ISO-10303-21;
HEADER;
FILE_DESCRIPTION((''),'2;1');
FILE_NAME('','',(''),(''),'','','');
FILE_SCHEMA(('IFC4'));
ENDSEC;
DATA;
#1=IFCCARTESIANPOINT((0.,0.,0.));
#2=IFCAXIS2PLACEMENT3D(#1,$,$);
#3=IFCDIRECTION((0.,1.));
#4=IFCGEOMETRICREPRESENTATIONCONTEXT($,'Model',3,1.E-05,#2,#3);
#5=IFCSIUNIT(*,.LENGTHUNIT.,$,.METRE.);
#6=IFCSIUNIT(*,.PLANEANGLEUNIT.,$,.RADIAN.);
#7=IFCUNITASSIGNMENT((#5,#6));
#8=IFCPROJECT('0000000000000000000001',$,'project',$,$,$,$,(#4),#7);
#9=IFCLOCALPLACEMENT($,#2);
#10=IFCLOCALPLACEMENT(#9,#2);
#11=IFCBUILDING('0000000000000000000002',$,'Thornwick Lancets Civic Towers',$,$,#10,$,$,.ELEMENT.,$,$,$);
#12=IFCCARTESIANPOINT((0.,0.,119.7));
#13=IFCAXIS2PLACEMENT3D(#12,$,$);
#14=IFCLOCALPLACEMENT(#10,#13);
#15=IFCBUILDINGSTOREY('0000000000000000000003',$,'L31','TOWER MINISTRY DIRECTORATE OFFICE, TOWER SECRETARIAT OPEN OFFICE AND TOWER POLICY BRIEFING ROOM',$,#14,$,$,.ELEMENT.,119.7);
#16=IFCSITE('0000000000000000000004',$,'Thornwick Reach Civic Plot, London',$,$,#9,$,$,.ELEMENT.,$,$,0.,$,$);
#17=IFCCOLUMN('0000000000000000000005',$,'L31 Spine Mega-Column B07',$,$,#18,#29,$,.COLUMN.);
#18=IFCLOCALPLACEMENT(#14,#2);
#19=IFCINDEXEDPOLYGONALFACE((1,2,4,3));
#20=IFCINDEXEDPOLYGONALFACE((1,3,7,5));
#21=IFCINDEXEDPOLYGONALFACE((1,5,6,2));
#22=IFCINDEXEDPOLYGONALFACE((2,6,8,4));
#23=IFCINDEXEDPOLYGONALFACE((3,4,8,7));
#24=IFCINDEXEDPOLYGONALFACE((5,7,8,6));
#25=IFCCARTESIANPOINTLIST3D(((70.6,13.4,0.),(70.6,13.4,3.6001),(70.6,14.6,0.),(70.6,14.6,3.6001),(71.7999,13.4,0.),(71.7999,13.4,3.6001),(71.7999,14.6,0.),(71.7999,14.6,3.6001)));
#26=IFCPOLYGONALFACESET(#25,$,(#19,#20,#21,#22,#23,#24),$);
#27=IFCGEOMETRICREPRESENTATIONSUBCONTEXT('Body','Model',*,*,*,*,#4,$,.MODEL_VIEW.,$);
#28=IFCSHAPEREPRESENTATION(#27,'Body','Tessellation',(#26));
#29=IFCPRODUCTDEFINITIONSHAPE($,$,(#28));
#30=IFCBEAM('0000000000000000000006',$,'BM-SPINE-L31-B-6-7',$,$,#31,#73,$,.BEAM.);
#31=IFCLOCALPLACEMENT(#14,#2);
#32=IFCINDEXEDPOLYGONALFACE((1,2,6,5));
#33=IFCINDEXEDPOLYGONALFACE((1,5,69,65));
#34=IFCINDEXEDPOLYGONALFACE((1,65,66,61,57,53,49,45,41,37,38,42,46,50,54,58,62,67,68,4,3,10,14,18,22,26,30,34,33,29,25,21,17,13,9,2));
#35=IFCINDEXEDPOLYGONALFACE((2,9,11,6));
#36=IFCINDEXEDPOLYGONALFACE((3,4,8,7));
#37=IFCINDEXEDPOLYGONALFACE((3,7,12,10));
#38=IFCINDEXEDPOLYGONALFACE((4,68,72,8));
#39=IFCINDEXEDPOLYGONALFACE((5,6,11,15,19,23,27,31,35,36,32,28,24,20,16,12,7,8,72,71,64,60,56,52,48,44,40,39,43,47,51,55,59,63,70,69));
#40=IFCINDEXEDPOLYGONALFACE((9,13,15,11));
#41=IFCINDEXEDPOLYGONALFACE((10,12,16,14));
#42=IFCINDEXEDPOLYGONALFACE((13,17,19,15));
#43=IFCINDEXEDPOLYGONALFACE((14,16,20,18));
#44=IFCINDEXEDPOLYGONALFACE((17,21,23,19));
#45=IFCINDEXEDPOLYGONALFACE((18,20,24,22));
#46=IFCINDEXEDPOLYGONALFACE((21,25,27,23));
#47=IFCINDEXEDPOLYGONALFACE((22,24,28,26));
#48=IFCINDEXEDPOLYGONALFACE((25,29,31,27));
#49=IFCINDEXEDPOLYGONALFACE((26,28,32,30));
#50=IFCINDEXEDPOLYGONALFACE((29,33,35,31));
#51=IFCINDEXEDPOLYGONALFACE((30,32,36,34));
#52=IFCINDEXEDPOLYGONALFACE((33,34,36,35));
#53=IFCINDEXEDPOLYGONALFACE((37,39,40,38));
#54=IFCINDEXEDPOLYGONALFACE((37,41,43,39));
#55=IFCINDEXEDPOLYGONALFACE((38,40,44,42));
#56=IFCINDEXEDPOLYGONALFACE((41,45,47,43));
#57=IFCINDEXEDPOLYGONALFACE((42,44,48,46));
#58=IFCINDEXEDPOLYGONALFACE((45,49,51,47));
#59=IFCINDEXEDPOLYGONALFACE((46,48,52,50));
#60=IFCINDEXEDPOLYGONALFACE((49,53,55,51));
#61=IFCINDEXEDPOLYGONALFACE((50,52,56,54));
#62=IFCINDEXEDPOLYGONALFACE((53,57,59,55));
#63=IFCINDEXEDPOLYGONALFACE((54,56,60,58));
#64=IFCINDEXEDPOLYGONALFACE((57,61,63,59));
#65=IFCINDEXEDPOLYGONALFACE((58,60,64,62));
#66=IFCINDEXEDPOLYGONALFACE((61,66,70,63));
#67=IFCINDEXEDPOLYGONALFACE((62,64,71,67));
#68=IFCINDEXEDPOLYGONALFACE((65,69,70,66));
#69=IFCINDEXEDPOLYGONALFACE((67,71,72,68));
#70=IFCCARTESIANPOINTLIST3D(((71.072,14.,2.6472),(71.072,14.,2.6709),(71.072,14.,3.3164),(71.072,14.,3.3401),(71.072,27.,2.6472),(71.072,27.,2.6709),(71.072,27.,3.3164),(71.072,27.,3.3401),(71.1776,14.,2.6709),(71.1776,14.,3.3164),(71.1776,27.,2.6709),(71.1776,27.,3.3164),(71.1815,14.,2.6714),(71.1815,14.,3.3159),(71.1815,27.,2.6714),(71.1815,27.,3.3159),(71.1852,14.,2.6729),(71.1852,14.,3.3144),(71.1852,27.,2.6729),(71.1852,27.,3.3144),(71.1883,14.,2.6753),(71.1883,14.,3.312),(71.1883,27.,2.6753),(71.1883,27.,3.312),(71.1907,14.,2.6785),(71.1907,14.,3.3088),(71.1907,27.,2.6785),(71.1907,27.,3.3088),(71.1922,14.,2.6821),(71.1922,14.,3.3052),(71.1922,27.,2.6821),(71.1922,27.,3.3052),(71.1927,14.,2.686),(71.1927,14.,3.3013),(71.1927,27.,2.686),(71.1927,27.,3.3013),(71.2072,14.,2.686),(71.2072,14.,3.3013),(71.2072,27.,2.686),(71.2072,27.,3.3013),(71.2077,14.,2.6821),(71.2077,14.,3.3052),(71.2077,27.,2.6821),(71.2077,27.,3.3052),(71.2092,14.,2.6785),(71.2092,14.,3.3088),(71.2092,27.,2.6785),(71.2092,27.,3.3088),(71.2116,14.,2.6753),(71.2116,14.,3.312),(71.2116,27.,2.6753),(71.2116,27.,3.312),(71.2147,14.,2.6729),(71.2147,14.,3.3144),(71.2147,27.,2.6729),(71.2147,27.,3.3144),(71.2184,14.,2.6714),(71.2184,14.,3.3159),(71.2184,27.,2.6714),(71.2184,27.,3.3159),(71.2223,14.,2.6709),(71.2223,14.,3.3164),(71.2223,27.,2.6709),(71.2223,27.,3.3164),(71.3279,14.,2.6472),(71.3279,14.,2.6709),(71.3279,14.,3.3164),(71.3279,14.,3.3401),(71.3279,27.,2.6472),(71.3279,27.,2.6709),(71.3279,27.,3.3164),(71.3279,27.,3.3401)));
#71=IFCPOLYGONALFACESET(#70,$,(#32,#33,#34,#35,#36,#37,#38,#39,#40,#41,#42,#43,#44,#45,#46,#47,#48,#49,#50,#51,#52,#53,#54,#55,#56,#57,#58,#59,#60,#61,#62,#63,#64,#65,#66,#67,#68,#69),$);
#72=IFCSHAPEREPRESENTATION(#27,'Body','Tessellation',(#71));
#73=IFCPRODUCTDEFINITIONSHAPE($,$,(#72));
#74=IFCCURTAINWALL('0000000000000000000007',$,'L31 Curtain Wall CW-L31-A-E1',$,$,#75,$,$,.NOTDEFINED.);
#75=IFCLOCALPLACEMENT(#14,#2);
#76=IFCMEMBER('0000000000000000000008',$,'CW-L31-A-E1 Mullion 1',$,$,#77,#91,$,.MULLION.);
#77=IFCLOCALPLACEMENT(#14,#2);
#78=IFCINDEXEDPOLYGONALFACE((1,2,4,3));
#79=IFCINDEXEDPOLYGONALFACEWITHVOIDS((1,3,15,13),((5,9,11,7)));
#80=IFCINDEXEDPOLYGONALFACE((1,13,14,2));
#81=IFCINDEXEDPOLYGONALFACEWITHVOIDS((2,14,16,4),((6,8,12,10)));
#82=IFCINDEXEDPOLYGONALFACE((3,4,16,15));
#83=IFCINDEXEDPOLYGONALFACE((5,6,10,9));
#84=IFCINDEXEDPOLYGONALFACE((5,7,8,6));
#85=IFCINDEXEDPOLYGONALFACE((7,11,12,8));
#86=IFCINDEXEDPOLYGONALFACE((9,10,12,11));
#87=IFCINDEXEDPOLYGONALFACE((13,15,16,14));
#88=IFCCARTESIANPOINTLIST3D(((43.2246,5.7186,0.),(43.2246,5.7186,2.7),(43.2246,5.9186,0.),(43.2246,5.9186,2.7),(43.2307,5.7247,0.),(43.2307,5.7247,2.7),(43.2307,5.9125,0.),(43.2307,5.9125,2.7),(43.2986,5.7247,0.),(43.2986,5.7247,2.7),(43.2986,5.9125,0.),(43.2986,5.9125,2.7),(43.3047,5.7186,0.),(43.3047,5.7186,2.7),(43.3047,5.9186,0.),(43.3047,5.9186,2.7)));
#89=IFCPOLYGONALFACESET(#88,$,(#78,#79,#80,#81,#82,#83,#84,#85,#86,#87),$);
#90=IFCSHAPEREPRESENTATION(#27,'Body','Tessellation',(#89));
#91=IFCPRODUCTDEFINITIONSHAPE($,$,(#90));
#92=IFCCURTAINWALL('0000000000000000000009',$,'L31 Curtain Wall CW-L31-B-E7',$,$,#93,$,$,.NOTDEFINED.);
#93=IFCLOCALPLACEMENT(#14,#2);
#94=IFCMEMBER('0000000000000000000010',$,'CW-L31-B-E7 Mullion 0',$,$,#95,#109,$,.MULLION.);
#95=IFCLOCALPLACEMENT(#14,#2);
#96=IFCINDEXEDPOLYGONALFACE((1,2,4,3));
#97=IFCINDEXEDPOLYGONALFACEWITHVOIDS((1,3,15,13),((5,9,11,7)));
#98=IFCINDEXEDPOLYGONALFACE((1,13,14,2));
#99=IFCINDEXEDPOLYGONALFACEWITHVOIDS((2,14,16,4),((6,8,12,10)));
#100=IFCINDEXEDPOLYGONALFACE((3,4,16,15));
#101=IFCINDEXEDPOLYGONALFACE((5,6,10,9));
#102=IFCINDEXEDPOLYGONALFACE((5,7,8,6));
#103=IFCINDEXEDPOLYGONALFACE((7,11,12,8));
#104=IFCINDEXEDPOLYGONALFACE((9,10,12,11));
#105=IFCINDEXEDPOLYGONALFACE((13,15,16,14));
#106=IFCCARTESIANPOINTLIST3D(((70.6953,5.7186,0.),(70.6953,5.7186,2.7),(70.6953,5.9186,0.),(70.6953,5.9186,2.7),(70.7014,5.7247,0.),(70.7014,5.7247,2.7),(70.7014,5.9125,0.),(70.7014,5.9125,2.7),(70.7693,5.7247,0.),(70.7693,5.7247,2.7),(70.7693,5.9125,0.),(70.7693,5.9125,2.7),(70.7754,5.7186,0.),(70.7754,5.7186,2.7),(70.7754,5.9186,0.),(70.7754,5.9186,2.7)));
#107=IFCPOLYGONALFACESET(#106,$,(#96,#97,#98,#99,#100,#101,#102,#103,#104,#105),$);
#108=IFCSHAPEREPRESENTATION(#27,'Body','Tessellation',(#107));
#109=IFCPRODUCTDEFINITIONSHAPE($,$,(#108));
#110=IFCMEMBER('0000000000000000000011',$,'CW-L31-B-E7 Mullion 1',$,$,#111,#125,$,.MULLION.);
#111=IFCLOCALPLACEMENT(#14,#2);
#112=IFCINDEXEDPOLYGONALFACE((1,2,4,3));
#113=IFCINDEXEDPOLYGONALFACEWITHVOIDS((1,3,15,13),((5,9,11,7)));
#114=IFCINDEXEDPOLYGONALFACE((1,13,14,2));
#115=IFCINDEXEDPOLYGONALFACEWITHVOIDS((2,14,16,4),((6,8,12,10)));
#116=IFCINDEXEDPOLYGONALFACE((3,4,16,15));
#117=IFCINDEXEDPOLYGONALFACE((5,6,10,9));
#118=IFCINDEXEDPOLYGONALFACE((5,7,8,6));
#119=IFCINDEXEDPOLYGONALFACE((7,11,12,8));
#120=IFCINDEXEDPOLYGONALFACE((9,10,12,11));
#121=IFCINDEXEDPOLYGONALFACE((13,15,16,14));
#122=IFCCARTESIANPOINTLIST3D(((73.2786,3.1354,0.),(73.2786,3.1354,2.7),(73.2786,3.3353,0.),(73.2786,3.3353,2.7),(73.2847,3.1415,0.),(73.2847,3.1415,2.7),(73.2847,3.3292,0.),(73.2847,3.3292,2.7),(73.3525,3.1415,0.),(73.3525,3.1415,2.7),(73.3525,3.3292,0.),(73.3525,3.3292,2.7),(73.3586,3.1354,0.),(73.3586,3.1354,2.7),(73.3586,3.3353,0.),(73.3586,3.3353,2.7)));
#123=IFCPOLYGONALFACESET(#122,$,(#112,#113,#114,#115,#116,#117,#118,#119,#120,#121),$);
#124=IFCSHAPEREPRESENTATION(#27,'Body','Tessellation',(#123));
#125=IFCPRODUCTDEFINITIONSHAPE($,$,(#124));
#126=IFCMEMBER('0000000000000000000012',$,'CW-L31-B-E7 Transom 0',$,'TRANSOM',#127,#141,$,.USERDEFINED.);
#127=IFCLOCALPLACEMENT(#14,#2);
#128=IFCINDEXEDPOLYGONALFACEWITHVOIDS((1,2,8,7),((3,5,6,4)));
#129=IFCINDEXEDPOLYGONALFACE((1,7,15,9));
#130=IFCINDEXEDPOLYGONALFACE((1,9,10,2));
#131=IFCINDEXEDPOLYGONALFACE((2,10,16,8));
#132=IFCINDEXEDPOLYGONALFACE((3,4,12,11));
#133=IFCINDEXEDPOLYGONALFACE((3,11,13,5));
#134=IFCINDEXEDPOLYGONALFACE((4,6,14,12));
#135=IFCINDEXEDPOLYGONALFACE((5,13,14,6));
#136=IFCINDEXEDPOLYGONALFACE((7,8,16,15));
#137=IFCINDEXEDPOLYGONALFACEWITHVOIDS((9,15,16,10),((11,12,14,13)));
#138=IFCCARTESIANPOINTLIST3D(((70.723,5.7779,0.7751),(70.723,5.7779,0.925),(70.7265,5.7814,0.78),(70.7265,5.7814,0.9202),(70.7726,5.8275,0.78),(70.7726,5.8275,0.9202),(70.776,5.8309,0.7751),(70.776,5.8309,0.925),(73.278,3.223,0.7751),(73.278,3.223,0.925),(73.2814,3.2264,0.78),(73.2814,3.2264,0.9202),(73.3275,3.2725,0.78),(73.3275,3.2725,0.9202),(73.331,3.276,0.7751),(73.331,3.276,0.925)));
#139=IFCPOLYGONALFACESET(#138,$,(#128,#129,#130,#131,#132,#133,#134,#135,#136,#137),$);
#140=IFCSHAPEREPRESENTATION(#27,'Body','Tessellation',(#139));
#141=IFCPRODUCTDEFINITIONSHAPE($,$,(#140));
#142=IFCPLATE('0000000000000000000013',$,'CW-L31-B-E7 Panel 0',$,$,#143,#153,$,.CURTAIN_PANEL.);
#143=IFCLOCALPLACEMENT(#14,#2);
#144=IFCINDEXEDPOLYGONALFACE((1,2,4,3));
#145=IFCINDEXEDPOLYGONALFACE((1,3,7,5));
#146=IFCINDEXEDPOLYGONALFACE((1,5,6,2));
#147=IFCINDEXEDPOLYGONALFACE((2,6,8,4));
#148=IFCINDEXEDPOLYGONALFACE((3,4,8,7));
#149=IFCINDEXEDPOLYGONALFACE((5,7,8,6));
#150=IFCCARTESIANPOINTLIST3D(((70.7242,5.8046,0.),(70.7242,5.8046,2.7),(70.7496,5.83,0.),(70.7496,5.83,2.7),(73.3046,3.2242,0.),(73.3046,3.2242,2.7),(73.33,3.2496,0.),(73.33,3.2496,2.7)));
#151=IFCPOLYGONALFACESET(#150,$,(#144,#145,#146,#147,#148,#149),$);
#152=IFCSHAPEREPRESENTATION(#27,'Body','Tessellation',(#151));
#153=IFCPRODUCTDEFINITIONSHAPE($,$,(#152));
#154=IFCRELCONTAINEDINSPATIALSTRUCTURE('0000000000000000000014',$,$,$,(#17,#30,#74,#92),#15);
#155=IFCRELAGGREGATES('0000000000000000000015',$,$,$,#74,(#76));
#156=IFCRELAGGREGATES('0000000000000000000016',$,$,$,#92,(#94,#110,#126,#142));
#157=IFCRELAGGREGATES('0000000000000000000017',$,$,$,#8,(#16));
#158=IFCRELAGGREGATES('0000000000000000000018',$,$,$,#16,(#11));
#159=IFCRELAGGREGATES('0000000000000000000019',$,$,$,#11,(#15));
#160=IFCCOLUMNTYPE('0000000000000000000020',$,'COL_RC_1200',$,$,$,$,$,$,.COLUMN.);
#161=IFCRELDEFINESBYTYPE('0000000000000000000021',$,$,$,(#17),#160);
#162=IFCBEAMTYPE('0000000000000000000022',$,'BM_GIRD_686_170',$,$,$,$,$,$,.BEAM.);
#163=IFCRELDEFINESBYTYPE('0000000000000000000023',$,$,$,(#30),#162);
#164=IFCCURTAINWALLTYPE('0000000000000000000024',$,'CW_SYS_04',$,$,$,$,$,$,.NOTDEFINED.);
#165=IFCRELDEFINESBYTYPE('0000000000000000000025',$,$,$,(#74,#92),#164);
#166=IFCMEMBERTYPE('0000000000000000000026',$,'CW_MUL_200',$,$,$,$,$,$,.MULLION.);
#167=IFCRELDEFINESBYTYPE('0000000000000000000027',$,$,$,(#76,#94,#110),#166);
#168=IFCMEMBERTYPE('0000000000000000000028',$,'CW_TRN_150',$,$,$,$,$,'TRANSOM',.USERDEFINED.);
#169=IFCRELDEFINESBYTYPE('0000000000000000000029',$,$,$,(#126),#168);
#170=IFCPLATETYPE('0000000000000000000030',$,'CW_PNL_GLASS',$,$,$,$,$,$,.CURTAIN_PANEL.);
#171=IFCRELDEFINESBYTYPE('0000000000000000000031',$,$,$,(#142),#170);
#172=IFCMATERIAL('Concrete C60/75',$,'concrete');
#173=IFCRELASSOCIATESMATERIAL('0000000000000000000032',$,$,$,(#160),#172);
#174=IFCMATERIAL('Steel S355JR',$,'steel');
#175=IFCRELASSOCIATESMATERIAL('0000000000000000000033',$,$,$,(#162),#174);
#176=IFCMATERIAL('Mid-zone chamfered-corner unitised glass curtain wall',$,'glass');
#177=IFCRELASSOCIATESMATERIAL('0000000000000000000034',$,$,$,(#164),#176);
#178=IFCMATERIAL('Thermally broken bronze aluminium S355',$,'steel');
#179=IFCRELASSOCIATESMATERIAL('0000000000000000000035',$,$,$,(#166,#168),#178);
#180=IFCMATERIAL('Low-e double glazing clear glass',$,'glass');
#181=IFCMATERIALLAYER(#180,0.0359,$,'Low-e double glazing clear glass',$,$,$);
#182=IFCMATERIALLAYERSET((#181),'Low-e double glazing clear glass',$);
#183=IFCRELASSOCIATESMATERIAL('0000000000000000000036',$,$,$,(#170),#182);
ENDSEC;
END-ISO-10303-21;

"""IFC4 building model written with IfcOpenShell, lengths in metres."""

from ifc_helpers import new_model, si_unit, direction, frame, origin, origin_2d, place, context, subcontext, project, spatial, rectangle, hollow_rectangle, i_section, extrude, material, layer, layer_set, material_profile, profile_set, type_object, element, aggregate, save


model = new_model("IFC4")

# Units and contexts
model_context = context("Model", 3, precision=1e-05, world=origin(), true_north=direction((0.0, 1.0)))
body_context = subcontext(model_context, "Body", "Model", "MODEL_VIEW")
ifc_project = project(units=[si_unit("LENGTHUNIT", "METRE"), si_unit("PLANEANGLEUNIT", "RADIAN")], contexts=[model_context])

# Site, building, storey
site_placement = place(None, origin())
site = spatial("IfcSite", under=ifc_project, at=site_placement, Name="Thornwick Reach Civic Plot, London", CompositionType="ELEMENT", RefElevation=0.0)
building_placement = place(site_placement, origin())
building = spatial("IfcBuilding", under=site, at=building_placement, Name="Thornwick Lancets Civic Towers", CompositionType="ELEMENT")
storey_placement = place(building_placement, frame((0.0, 0.0, 119.7)))
storey = spatial("IfcBuildingStorey", under=building, at=storey_placement, Name="L31", Description="TOWER MINISTRY DIRECTORATE OFFICE, TOWER SECRETARIAT OPEN OFFICE AND TOWER POLICY BRIEFING ROOM", CompositionType="ELEMENT", Elevation=119.7)

# Column
ifc_material_1 = material(Name="Concrete C60/75", Category="concrete")
ifc_material_profile_1 = material_profile(ifc_material_1, rectangle(XDim=1.2, YDim=1.2, at=origin_2d()), Name="RC 1200x1200")
ifc_profile_set_1 = profile_set([ifc_material_profile_1], Name="Concrete C60/75")
column_type = type_object("IfcColumnType", Name="COL_RC_1200", PredefinedType="COLUMN", material=ifc_profile_set_1)
column_placement = place(storey_placement, frame((71.2, 14.0, 0.0), z_axis=(0.0, 0.0, 1.0), x_axis=(1.0, 0.0, 0.0)))
element("IfcColumn", 1, at=column_placement, inside=storey, type_object=column_type, Name="L31 Spine Mega-Column B07", PredefinedType="COLUMN", context=body_context, shape_type="SweptSolid", body=[
    extrude(rectangle(XDim=1.2, YDim=1.2, at=origin_2d()), origin(), (0.0, 0.0, 1.0), 3.6001),
])

# Beam
ifc_material_2 = material(Name="Steel S355JR", Category="steel")
ifc_material_profile_2 = material_profile(ifc_material_2, i_section(OverallWidth=0.2559, OverallDepth=0.6929, WebThickness=0.0144, FlangeThickness=0.0237, FilletRadius=0.0151, at=origin_2d()), Name="UKB 686x254x170")
ifc_profile_set_2 = profile_set([ifc_material_profile_2], Name="Steel S355JR")
beam_type = type_object("IfcBeamType", Name="BM_GIRD_686_170", PredefinedType="BEAM", material=ifc_profile_set_2)
beam_placement = place(storey_placement, frame((71.2, 14.0, 2.9937), z_axis=(0.0, 1.0, 0.0), x_axis=(-1.0, 0.0, 0.0)))
element("IfcBeam", 2, at=beam_placement, inside=storey, type_object=beam_type, Name="BM-SPINE-L31-B-6-7", PredefinedType="BEAM", context=body_context, shape_type="SweptSolid", body=[
    extrude(i_section(OverallWidth=0.2559, OverallDepth=0.6929, WebThickness=0.0144, FlangeThickness=0.0237, FilletRadius=0.0151, at=origin_2d()), origin(), (0.0, 0.0, 1.0), 13.0),
])

# Curtain wall, member
ifc_material_3 = material(Name="Mid-zone chamfered-corner unitised glass curtain wall", Category="glass")
curtain_wall_type = type_object("IfcCurtainWallType", Name="CW_SYS_04", PredefinedType="NOTDEFINED", material=ifc_material_3)
curtain_wall_1_placement = place(storey_placement, origin())
curtain_wall_1 = element("IfcCurtainWall", 3, at=curtain_wall_1_placement, inside=storey, type_object=curtain_wall_type, Name="L31 Curtain Wall CW-L31-A-E1", PredefinedType="NOTDEFINED")
ifc_material_4 = material(Name="Thermally broken bronze aluminium S355", Category="steel")
ifc_material_profile_3 = material_profile(ifc_material_4, hollow_rectangle(XDim=0.0801, YDim=0.2, WallThickness=0.0061, at=origin_2d()), Name="RHS 200x80x6")
ifc_profile_set_3 = profile_set([ifc_material_profile_3], Name="Thermally broken bronze aluminium S355")
member_type_1 = type_object("IfcMemberType", Name="CW_MUL_200", PredefinedType="MULLION", material=ifc_profile_set_3)
member_1_placement = place(storey_placement, frame((43.2646, 5.8186, 0.0), z_axis=(0.0, 0.0, 1.0), x_axis=(1.0, 0.0, 0.0)))
member_1 = element("IfcMember", 4, at=member_1_placement, type_object=member_type_1, Name="CW-L31-A-E1 Mullion 1", PredefinedType="MULLION", context=body_context, shape_type="SweptSolid", body=[
    extrude(hollow_rectangle(XDim=0.0801, YDim=0.2, WallThickness=0.0061, at=origin_2d()), origin(), (0.0, 0.0, 1.0), 2.7),
])
aggregate(curtain_wall_1, [member_1])

# Curtain wall, members, plate
curtain_wall_2_placement = place(storey_placement, origin())
curtain_wall_2 = element("IfcCurtainWall", 5, at=curtain_wall_2_placement, inside=storey, type_object=curtain_wall_type, Name="L31 Curtain Wall CW-L31-B-E7", PredefinedType="NOTDEFINED")
member_2_placement = place(storey_placement, frame((70.7354, 5.8186, 0.0), z_axis=(0.0, 0.0, 1.0), x_axis=(1.0, 0.0, 0.0)))
member_2 = element("IfcMember", 6, at=member_2_placement, type_object=member_type_1, Name="CW-L31-B-E7 Mullion 0", PredefinedType="MULLION", context=body_context, shape_type="SweptSolid", body=[
    extrude(hollow_rectangle(XDim=0.0801, YDim=0.2, WallThickness=0.0061, at=origin_2d()), origin(), (0.0, 0.0, 1.0), 2.7),
])
member_3_placement = place(storey_placement, frame((73.3186, 3.2354, 0.0), z_axis=(0.0, 0.0, 1.0), x_axis=(1.0, 0.0, 0.0)))
member_3 = element("IfcMember", 7, at=member_3_placement, type_object=member_type_1, Name="CW-L31-B-E7 Mullion 1", PredefinedType="MULLION", context=body_context, shape_type="SweptSolid", body=[
    extrude(hollow_rectangle(XDim=0.0801, YDim=0.2, WallThickness=0.0061, at=origin_2d()), origin(), (0.0, 0.0, 1.0), 2.7),
])
ifc_material_profile_4 = material_profile(ifc_material_4, hollow_rectangle(XDim=0.075, YDim=0.1499, WallThickness=0.0049, at=origin_2d()), Name="RHS 150x75x5")
ifc_profile_set_4 = profile_set([ifc_material_profile_4], Name="Thermally broken bronze aluminium S355")
member_type_2 = type_object("IfcMemberType", Name="CW_TRN_150", ElementType="TRANSOM", PredefinedType="USERDEFINED", material=ifc_profile_set_4)
member_4_placement = place(storey_placement, frame((70.7495, 5.8044, 0.8501), z_axis=(0.707107, -0.707107, 0.0), x_axis=(0.707107, 0.707107, 0.0)))
member_4 = element("IfcMember", 8, at=member_4_placement, type_object=member_type_2, Name="CW-L31-B-E7 Transom 0", ObjectType="TRANSOM", PredefinedType="USERDEFINED", context=body_context, shape_type="SweptSolid", body=[
    extrude(hollow_rectangle(XDim=0.075, YDim=0.1499, WallThickness=0.0049, at=origin_2d()), origin(), (0.0, 0.0, 1.0), 3.6133),
])
ifc_material_5 = material(Name="Low-e double glazing clear glass", Category="glass")
ifc_layer_1 = layer(ifc_material_5, 0.0359, Name="Low-e double glazing clear glass")
ifc_layer_set_1 = layer_set([ifc_layer_1], Name="Low-e double glazing clear glass")
plate_type = type_object("IfcPlateType", Name="CW_PNL_GLASS", PredefinedType="CURTAIN_PANEL", material=ifc_layer_set_1)
plate_placement = place(storey_placement, frame((72.0271, 4.5271, 0.0), z_axis=(0.0, 0.0, 1.0), x_axis=(0.707107, -0.707107, 0.0)))
plate = element("IfcPlate", 9, at=plate_placement, type_object=plate_type, Name="CW-L31-B-E7 Panel 0", PredefinedType="CURTAIN_PANEL", context=body_context, shape_type="SweptSolid", body=[
    extrude(rectangle(XDim=3.6492, YDim=0.0359, at=origin_2d()), origin(), (0.0, 0.0, 1.0), 2.7),
])
aggregate(curtain_wall_2, [member_2, member_3, member_4, plate])

save(model, "model.ifc")
